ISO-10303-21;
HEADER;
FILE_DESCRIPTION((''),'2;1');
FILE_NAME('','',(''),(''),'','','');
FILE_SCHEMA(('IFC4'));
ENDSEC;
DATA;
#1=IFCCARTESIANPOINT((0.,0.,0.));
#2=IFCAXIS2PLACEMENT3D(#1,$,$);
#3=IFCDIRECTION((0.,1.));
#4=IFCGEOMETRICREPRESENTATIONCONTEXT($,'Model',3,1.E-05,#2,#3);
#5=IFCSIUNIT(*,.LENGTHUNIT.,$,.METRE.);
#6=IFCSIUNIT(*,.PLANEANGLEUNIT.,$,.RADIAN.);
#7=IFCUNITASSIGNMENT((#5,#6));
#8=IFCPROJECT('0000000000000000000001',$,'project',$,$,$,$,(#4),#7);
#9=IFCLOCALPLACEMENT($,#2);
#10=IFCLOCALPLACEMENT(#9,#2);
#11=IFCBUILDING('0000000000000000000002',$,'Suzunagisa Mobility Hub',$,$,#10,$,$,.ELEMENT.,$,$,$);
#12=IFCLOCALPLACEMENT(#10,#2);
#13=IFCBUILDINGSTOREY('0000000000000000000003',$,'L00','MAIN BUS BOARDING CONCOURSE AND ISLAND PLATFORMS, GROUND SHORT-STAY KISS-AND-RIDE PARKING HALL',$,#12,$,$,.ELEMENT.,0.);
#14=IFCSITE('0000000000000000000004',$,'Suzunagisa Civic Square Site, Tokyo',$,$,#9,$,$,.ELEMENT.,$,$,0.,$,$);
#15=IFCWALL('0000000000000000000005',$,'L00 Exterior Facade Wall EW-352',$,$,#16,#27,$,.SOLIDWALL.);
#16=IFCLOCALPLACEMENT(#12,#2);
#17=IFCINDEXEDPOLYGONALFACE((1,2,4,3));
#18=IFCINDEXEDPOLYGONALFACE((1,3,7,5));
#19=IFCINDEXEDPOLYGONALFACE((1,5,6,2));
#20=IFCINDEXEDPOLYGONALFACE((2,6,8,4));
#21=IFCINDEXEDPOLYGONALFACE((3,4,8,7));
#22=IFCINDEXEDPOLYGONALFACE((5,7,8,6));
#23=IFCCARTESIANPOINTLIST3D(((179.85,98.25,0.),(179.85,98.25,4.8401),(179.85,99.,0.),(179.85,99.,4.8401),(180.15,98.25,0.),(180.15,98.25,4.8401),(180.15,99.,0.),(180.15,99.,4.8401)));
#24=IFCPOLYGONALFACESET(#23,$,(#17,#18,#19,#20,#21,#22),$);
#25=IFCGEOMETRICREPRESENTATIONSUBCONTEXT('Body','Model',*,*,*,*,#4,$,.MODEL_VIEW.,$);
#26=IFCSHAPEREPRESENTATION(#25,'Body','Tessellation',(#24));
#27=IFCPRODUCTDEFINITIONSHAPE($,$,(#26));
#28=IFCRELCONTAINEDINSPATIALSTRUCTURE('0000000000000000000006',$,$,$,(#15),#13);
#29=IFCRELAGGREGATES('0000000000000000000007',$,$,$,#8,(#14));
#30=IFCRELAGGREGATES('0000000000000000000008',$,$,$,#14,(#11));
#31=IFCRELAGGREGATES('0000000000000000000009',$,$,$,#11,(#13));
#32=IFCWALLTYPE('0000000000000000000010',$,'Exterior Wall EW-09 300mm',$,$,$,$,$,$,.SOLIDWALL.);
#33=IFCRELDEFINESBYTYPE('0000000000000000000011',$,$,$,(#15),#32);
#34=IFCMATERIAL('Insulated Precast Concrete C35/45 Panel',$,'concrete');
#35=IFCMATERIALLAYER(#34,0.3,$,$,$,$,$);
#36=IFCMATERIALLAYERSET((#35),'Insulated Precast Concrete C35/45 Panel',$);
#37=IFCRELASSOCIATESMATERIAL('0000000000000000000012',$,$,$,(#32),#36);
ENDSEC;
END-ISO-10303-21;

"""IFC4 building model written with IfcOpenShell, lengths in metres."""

from ifc_helpers import new_model, si_unit, direction, frame, frame_2d, origin, place, context, subcontext, project, spatial, rectangle, extrude, material, layer, layer_set, type_object, element, save


model = new_model("IFC4")

# Units and contexts
model_context = context("Model", 3, precision=1e-05, world=origin(), true_north=direction((0.0, 1.0)))
body_context = subcontext(model_context, "Body", "Model", "MODEL_VIEW")
ifc_project = project(units=[si_unit("LENGTHUNIT", "METRE"), si_unit("PLANEANGLEUNIT", "RADIAN")], contexts=[model_context])

# Site, building, storey
site_placement = place(None, origin())
site = spatial("IfcSite", under=ifc_project, at=site_placement, Name="Suzunagisa Civic Square Site, Tokyo", CompositionType="ELEMENT", RefElevation=0.0)
building_placement = place(site_placement, origin())
building = spatial("IfcBuilding", under=site, at=building_placement, Name="Suzunagisa Mobility Hub", CompositionType="ELEMENT")
storey_placement = place(building_placement, origin())
storey = spatial("IfcBuildingStorey", under=building, at=storey_placement, Name="L00", Description="MAIN BUS BOARDING CONCOURSE AND ISLAND PLATFORMS, GROUND SHORT-STAY KISS-AND-RIDE PARKING HALL", CompositionType="ELEMENT", Elevation=0.0)

# Wall
ifc_material_1 = material(Name="Insulated Precast Concrete C35/45 Panel", Category="concrete")
ifc_layer_1 = layer(ifc_material_1, 0.3)
ifc_layer_set_1 = layer_set([ifc_layer_1], Name="Insulated Precast Concrete C35/45 Panel")
wall_type = type_object("IfcWallType", Name="Exterior Wall EW-09 300mm", PredefinedType="SOLIDWALL", material=ifc_layer_set_1)
wall_placement = place(storey_placement, frame((180.0, 98.25, 0.0), z_axis=(0.0, 0.0, 1.0), x_axis=(0.0, 1.0, 0.0)))
element("IfcWall", 1, at=wall_placement, inside=storey, type_object=wall_type, Name="L00 Exterior Facade Wall EW-352", PredefinedType="SOLIDWALL", context=body_context, shape_type="SweptSolid", body=[
    extrude(rectangle(XDim=0.75, YDim=0.3, at=frame_2d((0.375, 0.0))), origin(), (0.0, 0.0, 1.0), 4.8401),
])

save(model, "model.ifc")
